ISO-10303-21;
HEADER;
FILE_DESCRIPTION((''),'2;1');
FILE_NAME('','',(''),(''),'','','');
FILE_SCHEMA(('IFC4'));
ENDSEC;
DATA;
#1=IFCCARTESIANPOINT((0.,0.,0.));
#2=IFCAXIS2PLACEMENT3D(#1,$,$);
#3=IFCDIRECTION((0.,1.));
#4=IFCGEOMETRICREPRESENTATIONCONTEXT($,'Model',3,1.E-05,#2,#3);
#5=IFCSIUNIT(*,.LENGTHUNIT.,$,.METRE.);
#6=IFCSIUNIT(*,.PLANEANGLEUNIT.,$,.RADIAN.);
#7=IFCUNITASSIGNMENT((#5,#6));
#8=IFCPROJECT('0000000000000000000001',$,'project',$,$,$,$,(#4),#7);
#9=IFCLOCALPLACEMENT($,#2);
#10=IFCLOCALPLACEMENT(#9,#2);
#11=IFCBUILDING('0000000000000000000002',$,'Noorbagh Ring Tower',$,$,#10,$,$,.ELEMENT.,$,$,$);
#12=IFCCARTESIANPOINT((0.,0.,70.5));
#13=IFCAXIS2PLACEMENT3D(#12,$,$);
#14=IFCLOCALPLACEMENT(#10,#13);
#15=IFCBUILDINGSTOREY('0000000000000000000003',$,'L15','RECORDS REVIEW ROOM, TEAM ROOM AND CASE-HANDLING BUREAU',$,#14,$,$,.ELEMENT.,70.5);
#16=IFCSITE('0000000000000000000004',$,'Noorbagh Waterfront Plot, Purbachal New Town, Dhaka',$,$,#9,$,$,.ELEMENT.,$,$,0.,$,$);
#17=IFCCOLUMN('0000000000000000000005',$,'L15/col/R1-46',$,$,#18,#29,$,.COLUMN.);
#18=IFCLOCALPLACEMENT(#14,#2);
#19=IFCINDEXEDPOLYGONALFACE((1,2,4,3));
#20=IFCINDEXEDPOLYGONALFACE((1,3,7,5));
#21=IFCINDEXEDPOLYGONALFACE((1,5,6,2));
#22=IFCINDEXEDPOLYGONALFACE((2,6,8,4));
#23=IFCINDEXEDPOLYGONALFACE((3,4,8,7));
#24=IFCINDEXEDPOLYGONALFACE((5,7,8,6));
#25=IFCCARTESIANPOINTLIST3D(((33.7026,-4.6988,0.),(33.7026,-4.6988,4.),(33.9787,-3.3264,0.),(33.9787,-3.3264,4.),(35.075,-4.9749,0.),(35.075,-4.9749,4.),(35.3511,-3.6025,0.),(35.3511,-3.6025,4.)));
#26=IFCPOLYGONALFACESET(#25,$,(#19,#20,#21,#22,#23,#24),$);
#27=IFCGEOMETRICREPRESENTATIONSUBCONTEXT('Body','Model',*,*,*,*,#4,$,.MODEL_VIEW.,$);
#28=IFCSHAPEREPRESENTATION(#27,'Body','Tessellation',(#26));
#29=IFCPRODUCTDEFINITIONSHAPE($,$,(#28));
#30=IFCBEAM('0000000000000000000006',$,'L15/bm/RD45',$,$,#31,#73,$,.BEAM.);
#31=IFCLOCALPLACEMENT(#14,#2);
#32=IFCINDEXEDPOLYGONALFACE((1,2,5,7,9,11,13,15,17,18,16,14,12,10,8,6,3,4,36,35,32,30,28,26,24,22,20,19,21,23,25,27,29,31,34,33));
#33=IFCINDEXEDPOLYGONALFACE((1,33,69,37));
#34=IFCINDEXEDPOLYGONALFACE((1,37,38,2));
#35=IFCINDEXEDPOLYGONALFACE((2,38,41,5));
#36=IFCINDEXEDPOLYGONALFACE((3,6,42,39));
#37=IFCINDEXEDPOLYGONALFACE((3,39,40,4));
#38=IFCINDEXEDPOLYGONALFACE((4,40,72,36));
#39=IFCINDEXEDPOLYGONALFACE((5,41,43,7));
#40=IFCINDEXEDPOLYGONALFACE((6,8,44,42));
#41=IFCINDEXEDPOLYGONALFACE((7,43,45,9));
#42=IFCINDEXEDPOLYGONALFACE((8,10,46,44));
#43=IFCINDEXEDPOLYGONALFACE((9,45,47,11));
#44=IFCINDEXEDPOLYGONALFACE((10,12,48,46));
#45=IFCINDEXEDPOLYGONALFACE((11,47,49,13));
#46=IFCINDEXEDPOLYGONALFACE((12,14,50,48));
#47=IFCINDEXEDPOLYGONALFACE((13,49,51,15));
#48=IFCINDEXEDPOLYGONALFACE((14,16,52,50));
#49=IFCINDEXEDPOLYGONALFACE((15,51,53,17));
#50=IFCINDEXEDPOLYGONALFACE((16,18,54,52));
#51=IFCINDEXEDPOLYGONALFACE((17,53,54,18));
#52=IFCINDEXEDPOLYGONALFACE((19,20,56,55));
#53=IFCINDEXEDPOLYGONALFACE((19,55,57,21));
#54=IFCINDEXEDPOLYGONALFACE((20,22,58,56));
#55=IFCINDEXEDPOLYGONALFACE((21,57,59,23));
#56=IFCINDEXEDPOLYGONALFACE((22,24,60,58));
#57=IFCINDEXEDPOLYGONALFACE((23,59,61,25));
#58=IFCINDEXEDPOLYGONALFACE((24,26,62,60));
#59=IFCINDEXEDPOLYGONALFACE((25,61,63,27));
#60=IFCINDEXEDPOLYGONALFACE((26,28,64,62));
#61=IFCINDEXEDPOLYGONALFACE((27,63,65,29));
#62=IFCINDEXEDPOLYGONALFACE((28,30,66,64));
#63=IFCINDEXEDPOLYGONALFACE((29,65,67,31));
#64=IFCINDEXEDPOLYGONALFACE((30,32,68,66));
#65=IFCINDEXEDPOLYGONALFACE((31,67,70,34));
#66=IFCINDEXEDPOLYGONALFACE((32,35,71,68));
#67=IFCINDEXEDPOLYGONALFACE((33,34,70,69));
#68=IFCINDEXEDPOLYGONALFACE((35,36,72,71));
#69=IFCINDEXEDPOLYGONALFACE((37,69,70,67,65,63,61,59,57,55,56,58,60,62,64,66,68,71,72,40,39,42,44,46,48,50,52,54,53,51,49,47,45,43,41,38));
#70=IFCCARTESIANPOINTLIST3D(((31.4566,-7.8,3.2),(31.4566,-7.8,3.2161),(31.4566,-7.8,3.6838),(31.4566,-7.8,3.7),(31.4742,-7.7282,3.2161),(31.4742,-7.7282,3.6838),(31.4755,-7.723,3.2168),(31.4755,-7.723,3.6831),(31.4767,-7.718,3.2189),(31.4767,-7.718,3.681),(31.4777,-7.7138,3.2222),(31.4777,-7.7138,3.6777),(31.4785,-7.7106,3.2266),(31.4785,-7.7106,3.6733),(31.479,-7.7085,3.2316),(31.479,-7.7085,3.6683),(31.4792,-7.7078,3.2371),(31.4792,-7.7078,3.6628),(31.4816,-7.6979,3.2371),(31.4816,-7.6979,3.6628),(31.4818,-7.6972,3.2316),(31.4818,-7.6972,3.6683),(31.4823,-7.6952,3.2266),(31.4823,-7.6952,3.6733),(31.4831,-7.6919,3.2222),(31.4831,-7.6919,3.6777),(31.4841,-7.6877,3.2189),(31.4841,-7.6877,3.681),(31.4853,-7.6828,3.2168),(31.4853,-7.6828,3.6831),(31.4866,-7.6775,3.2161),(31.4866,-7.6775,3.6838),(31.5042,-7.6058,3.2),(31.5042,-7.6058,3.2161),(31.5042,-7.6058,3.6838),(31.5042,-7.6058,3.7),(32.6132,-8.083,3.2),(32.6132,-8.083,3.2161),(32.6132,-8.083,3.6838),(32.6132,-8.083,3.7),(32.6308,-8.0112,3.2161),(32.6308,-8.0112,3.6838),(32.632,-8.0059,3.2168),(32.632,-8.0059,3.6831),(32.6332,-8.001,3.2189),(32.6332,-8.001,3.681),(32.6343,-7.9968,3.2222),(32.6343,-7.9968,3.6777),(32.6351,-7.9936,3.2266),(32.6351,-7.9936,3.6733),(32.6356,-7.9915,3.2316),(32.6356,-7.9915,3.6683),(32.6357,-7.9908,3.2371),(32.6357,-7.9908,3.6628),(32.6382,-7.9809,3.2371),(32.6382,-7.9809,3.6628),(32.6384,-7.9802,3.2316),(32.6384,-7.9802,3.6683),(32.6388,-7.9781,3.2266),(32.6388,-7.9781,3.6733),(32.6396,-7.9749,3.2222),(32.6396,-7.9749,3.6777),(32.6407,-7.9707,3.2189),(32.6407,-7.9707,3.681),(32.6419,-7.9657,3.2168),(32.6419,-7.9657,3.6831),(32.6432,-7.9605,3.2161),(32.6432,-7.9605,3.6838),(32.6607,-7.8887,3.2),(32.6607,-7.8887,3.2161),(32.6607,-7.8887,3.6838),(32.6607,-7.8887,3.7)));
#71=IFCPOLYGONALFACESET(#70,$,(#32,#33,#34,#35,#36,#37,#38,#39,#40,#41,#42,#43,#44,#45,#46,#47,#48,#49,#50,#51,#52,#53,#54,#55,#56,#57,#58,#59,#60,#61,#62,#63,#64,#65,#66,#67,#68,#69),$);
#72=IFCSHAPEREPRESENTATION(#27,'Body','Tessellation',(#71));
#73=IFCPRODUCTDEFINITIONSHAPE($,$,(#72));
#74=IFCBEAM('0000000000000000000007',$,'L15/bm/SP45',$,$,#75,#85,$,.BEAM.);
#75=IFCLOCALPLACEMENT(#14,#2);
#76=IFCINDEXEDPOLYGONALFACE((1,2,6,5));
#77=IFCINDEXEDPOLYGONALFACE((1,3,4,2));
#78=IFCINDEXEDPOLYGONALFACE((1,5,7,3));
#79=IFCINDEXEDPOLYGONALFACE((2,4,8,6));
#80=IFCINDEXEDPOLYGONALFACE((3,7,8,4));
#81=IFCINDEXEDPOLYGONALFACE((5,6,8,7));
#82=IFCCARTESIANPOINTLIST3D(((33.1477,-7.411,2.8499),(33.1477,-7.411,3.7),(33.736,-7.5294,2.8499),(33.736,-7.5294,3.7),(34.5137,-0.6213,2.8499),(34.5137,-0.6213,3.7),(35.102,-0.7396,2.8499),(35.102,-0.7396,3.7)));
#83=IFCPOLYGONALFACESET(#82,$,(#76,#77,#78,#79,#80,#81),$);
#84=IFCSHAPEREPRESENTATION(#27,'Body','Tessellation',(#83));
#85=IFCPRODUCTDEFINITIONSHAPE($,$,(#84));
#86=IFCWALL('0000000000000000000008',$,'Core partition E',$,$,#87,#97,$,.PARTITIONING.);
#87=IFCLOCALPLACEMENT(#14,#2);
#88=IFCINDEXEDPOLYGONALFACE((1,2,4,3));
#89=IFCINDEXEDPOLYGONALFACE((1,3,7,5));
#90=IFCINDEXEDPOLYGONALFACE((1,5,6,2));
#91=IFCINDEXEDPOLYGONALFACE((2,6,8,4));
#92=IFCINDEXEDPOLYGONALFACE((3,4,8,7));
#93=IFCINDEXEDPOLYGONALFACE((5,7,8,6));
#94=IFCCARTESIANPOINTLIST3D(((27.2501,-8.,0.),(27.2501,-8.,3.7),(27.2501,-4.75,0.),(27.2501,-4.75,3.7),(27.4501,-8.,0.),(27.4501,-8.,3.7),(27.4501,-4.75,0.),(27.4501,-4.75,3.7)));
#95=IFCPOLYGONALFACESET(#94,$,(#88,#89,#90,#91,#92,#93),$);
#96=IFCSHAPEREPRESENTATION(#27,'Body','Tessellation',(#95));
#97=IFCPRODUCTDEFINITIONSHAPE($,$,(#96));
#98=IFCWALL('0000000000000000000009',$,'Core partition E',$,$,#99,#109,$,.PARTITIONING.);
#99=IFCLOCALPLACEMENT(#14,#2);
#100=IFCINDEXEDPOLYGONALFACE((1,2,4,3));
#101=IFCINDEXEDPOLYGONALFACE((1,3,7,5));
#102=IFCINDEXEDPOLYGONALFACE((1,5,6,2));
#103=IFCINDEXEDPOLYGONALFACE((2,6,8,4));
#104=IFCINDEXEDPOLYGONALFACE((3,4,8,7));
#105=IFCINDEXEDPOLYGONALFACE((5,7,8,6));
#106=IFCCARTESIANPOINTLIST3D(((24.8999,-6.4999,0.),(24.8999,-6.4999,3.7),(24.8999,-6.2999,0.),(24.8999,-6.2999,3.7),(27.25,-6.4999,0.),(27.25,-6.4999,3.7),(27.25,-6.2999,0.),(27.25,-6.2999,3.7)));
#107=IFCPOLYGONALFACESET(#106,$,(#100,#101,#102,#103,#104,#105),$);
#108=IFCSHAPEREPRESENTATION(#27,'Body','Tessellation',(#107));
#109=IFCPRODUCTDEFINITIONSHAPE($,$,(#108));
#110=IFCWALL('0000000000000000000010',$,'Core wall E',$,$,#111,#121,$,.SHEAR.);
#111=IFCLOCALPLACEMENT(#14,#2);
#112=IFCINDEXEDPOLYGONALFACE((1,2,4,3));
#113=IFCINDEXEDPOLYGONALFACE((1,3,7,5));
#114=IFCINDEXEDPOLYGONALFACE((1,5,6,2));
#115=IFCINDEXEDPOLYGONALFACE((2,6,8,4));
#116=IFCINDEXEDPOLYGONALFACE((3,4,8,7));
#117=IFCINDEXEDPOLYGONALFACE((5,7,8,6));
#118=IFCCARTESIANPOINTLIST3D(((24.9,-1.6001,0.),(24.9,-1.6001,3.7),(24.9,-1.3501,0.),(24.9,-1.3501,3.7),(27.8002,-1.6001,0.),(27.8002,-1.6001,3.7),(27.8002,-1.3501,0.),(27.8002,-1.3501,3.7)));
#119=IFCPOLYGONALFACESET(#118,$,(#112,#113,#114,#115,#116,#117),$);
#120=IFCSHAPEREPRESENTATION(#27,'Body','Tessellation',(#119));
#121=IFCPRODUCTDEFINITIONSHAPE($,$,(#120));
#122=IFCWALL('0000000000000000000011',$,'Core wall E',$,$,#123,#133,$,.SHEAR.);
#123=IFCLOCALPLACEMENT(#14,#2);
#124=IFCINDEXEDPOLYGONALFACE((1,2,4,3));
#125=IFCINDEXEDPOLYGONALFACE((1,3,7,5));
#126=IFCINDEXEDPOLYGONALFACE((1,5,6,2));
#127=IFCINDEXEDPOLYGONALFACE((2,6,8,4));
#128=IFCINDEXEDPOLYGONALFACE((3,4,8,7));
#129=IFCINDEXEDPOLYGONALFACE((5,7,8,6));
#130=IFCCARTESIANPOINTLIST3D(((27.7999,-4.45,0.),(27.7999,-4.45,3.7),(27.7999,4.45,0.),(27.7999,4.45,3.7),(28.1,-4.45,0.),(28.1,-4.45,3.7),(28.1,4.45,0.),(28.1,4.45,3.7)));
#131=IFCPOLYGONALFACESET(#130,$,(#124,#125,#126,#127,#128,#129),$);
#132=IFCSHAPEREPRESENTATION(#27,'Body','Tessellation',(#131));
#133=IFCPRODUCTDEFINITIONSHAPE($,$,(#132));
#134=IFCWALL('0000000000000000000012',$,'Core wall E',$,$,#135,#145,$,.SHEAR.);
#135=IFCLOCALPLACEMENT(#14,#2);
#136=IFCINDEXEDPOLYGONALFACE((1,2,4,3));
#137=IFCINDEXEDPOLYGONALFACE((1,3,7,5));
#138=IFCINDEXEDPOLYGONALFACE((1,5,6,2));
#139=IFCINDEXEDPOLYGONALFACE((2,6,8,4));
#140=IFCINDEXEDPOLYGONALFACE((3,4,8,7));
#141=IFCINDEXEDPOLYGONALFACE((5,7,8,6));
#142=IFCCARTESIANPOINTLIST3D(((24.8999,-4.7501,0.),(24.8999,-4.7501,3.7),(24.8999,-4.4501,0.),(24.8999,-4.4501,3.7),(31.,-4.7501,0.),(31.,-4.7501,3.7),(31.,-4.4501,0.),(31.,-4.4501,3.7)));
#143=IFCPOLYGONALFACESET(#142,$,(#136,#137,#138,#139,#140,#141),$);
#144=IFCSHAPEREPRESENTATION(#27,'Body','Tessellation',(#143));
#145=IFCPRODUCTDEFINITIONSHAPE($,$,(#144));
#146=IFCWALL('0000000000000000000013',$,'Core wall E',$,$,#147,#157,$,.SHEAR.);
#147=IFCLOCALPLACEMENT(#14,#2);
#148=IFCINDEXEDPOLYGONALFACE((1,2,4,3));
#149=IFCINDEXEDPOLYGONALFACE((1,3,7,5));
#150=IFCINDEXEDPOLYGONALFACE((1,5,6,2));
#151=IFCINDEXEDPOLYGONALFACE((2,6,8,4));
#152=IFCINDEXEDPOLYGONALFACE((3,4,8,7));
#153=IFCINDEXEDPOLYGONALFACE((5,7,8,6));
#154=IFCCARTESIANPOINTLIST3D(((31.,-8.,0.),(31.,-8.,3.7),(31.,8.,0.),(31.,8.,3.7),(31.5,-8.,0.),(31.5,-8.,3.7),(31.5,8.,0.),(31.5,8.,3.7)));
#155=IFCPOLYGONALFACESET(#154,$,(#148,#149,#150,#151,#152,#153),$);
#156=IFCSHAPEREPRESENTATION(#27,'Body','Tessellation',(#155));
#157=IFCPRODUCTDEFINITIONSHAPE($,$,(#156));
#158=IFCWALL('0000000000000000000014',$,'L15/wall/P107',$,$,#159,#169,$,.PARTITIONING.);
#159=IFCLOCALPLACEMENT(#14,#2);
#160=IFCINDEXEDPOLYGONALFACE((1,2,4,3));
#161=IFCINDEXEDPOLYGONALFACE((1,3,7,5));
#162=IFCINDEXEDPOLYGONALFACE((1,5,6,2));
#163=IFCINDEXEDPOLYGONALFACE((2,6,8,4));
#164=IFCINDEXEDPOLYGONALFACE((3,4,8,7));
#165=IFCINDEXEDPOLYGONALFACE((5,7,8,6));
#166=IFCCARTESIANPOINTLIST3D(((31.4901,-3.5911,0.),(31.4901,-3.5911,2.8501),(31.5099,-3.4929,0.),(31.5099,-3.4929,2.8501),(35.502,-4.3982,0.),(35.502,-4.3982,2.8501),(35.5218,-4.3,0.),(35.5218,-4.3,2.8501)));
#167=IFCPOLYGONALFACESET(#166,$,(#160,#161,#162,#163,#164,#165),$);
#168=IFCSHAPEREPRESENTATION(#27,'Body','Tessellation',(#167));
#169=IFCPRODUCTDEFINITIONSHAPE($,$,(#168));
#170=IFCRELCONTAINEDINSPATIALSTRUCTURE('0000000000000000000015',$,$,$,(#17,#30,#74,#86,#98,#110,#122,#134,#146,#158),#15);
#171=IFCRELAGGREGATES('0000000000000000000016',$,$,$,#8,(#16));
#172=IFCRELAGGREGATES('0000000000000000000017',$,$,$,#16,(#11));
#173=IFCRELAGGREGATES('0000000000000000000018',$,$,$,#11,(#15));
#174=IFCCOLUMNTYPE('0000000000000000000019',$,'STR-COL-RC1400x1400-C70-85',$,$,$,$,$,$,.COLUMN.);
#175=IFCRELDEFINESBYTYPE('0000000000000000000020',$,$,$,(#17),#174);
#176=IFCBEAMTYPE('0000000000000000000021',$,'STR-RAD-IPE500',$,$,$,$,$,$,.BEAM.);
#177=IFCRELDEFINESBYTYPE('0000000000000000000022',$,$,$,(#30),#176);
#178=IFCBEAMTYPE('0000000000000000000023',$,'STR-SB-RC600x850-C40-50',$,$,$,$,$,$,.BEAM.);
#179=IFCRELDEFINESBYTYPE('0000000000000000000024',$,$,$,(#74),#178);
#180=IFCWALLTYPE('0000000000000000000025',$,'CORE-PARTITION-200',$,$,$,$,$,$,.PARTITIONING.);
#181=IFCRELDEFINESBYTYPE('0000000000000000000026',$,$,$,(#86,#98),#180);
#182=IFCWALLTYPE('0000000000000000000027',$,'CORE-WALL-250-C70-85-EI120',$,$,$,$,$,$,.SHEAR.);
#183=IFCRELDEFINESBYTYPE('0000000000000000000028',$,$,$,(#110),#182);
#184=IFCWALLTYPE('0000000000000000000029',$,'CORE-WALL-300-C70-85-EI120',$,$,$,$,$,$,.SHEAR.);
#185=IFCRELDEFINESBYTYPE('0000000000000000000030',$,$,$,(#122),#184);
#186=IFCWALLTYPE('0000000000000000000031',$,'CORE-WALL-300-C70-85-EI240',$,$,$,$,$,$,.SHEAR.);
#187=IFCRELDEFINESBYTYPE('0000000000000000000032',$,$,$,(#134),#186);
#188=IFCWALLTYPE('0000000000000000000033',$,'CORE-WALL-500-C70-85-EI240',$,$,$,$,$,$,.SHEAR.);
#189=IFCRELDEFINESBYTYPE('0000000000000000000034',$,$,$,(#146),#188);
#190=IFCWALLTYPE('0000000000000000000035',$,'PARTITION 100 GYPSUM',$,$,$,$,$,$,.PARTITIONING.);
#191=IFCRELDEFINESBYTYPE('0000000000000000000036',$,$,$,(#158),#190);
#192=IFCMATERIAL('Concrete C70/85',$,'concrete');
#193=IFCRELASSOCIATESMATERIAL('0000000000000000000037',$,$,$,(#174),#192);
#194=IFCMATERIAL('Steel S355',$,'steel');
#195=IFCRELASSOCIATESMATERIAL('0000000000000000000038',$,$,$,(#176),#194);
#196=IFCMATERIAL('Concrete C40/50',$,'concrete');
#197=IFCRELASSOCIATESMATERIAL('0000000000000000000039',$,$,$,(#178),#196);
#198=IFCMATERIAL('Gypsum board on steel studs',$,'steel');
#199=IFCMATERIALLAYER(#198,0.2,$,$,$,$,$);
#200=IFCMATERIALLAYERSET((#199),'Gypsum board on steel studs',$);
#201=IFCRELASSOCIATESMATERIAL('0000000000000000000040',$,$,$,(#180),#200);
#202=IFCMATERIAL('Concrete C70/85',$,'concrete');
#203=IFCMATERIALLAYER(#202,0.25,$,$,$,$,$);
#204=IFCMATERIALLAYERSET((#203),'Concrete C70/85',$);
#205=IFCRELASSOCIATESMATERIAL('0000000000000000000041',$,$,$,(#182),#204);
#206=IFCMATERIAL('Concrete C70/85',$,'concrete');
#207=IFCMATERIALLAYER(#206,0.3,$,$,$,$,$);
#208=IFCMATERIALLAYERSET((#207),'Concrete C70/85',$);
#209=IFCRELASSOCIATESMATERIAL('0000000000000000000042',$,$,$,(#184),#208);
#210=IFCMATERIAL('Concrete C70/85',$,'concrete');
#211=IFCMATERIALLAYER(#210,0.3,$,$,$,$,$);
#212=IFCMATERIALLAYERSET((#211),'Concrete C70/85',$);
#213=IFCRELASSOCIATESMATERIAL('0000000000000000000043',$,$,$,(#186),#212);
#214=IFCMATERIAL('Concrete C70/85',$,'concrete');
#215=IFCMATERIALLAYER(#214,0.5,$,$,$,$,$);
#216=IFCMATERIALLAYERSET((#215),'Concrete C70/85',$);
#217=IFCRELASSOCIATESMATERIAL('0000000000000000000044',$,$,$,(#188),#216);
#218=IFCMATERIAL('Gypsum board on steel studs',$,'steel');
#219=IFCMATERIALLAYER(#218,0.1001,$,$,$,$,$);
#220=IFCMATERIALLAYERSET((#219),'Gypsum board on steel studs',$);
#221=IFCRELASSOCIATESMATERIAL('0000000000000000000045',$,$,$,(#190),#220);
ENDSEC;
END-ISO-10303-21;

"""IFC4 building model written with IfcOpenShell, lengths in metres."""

from ifc_helpers import new_model, si_unit, direction, frame, frame_2d, origin, origin_2d, place, context, subcontext, project, spatial, rectangle, i_section, extrude, material, layer, layer_set, material_profile, profile_set, type_object, element, save


model = new_model("IFC4")

# Units and contexts
model_context = context("Model", 3, precision=1e-05, world=origin(), true_north=direction((0.0, 1.0)))
body_context = subcontext(model_context, "Body", "Model", "MODEL_VIEW")
ifc_project = project(units=[si_unit("LENGTHUNIT", "METRE"), si_unit("PLANEANGLEUNIT", "RADIAN")], contexts=[model_context])

# Site, building, storey
site_placement = place(None, origin())
site = spatial("IfcSite", under=ifc_project, at=site_placement, Name="Noorbagh Waterfront Plot, Purbachal New Town, Dhaka", CompositionType="ELEMENT", RefElevation=0.0)
building_placement = place(site_placement, origin())
building = spatial("IfcBuilding", under=site, at=building_placement, Name="Noorbagh Ring Tower", CompositionType="ELEMENT")
storey_placement = place(building_placement, frame((0.0, 0.0, 70.5)))
storey = spatial("IfcBuildingStorey", under=building, at=storey_placement, Name="L15", Description="RECORDS REVIEW ROOM, TEAM ROOM AND CASE-HANDLING BUREAU", CompositionType="ELEMENT", Elevation=70.5)

# Column
ifc_material_1 = material(Name="Concrete C70/85", Category="concrete")
ifc_material_profile_1 = material_profile(ifc_material_1, rectangle(XDim=1.3999, YDim=1.3999, at=origin_2d()), Name="RC1400x1400")
ifc_profile_set_1 = profile_set([ifc_material_profile_1], Name="Concrete C70/85")
column_type = type_object("IfcColumnType", Name="STR-COL-RC1400x1400-C70-85", PredefinedType="COLUMN", material=ifc_profile_set_1)
column_placement = place(storey_placement, frame((34.5269, -4.1506, 0.0), z_axis=(0.0, 0.0, 1.0), x_axis=(0.19723, 0.980357, 0.0)))
element("IfcColumn", 1, at=column_placement, inside=storey, type_object=column_type, Name="L15/col/R1-46", PredefinedType="COLUMN", context=body_context, shape_type="SweptSolid", body=[
    extrude(rectangle(XDim=1.3999, YDim=1.3999, at=origin_2d()), origin(), (0.0, 0.0, 1.0), 4.0),
])

# Beams
ifc_material_2 = material(Name="Steel S355", Category="steel")
ifc_material_profile_2 = material_profile(ifc_material_2, i_section(OverallWidth=0.2, OverallDepth=0.5, WebThickness=0.0103, FlangeThickness=0.0161, FilletRadius=0.021, at=origin_2d()), Name="IPE500")
ifc_profile_set_2 = profile_set([ifc_material_profile_2], Name="Steel S355")
beam_type_1 = type_object("IfcBeamType", Name="STR-RAD-IPE500", PredefinedType="BEAM", material=ifc_profile_set_2)
beam_1_placement = place(storey_placement, frame((32.637, -7.9858, 3.45), z_axis=(-0.971349, 0.237659, 0.0), x_axis=(-0.237659, -0.971349, 0.0)))
element("IfcBeam", 2, at=beam_1_placement, inside=storey, type_object=beam_type_1, Name="L15/bm/RD45", PredefinedType="BEAM", context=body_context, shape_type="SweptSolid", body=[
    extrude(i_section(OverallWidth=0.2, OverallDepth=0.5, WebThickness=0.0103, FlangeThickness=0.0161, FilletRadius=0.021, at=origin_2d()), origin(), (0.0, 0.0, 1.0), 1.1907),
])
ifc_material_3 = material(Name="Concrete C40/50", Category="concrete")
ifc_material_profile_3 = material_profile(ifc_material_3, rectangle(XDim=0.6001, YDim=0.8501, at=origin_2d()), Name="RC600x850")
ifc_profile_set_3 = profile_set([ifc_material_profile_3], Name="Concrete C40/50")
beam_type_2 = type_object("IfcBeamType", Name="STR-SB-RC600x850-C40-50", PredefinedType="BEAM", material=ifc_profile_set_3)
beam_2_placement = place(storey_placement, frame((33.4419, -7.4702, 3.2749), z_axis=(0.197228, 0.980358, 0.0), x_axis=(-0.980358, 0.197228, 0.0)))
element("IfcBeam", 3, at=beam_2_placement, inside=storey, type_object=beam_type_2, Name="L15/bm/SP45", PredefinedType="BEAM", context=body_context, shape_type="SweptSolid", body=[
    extrude(rectangle(XDim=0.6001, YDim=0.8501, at=origin_2d()), origin(), (0.0, 0.0, 1.0), 6.9258),
])

# Walls
ifc_material_4 = material(Name="Gypsum board on steel studs", Category="steel")
ifc_layer_1 = layer(ifc_material_4, 0.2)
ifc_layer_set_1 = layer_set([ifc_layer_1], Name="Gypsum board on steel studs")
wall_type_1 = type_object("IfcWallType", Name="CORE-PARTITION-200", PredefinedType="PARTITIONING", material=ifc_layer_set_1)
wall_1_placement = place(storey_placement, frame((27.3501, -8.0, 0.0), z_axis=(0.0, 0.0, 1.0), x_axis=(0.0, 1.0, 0.0)))
element("IfcWall", 4, at=wall_1_placement, inside=storey, type_object=wall_type_1, Name="Core partition E", PredefinedType="PARTITIONING", context=body_context, shape_type="SweptSolid", body=[
    extrude(rectangle(XDim=3.25, YDim=0.2, at=frame_2d((1.625, 0.0))), origin(), (0.0, 0.0, 1.0), 3.7),
])
wall_2_placement = place(storey_placement, frame((24.8999, -6.3999, 0.0), z_axis=(0.0, 0.0, 1.0), x_axis=(1.0, 0.0, 0.0)))
element("IfcWall", 5, at=wall_2_placement, inside=storey, type_object=wall_type_1, Name="Core partition E", PredefinedType="PARTITIONING", context=body_context, shape_type="SweptSolid", body=[
    extrude(rectangle(XDim=2.3501, YDim=0.2, at=frame_2d((1.175, 0.0))), origin(), (0.0, 0.0, 1.0), 3.7),
])
ifc_material_5 = material(Name="Concrete C70/85", Category="concrete")
ifc_layer_2 = layer(ifc_material_5, 0.25)
ifc_layer_set_2 = layer_set([ifc_layer_2], Name="Concrete C70/85")
wall_type_2 = type_object("IfcWallType", Name="CORE-WALL-250-C70-85-EI120", PredefinedType="SHEAR", material=ifc_layer_set_2)
wall_3_placement = place(storey_placement, frame((24.8999, -1.4751, 0.0), z_axis=(0.0, 0.0, 1.0), x_axis=(1.0, 0.0, 0.0)))
element("IfcWall", 6, at=wall_3_placement, inside=storey, type_object=wall_type_2, Name="Core wall E", PredefinedType="SHEAR", context=body_context, shape_type="SweptSolid", body=[
    extrude(rectangle(XDim=2.9001, YDim=0.25, at=frame_2d((1.4502, 0.0))), origin(), (0.0, 0.0, 1.0), 3.7),
])
ifc_material_6 = material(Name="Concrete C70/85", Category="concrete")
ifc_layer_3 = layer(ifc_material_6, 0.3)
ifc_layer_set_3 = layer_set([ifc_layer_3], Name="Concrete C70/85")
wall_type_3 = type_object("IfcWallType", Name="CORE-WALL-300-C70-85-EI120", PredefinedType="SHEAR", material=ifc_layer_set_3)
wall_4_placement = place(storey_placement, frame((27.95, -4.45, 0.0), z_axis=(0.0, 0.0, 1.0), x_axis=(0.0, 1.0, 0.0)))
element("IfcWall", 7, at=wall_4_placement, inside=storey, type_object=wall_type_3, Name="Core wall E", PredefinedType="SHEAR", context=body_context, shape_type="SweptSolid", body=[
    extrude(rectangle(XDim=8.8999, YDim=0.3, at=frame_2d((4.45, 0.0))), origin(), (0.0, 0.0, 1.0), 3.7),
])
ifc_material_7 = material(Name="Concrete C70/85", Category="concrete")
ifc_layer_4 = layer(ifc_material_7, 0.3)
ifc_layer_set_4 = layer_set([ifc_layer_4], Name="Concrete C70/85")
wall_type_4 = type_object("IfcWallType", Name="CORE-WALL-300-C70-85-EI240", PredefinedType="SHEAR", material=ifc_layer_set_4)
wall_5_placement = place(storey_placement, frame((24.8999, -4.6001, 0.0), z_axis=(0.0, 0.0, 1.0), x_axis=(1.0, 0.0, 0.0)))
element("IfcWall", 8, at=wall_5_placement, inside=storey, type_object=wall_type_4, Name="Core wall E", PredefinedType="SHEAR", context=body_context, shape_type="SweptSolid", body=[
    extrude(rectangle(XDim=6.1001, YDim=0.3, at=frame_2d((3.05, 0.0))), origin(), (0.0, 0.0, 1.0), 3.7),
])
ifc_material_8 = material(Name="Concrete C70/85", Category="concrete")
ifc_layer_5 = layer(ifc_material_8, 0.5)
ifc_layer_set_5 = layer_set([ifc_layer_5], Name="Concrete C70/85")
wall_type_5 = type_object("IfcWallType", Name="CORE-WALL-500-C70-85-EI240", PredefinedType="SHEAR", material=ifc_layer_set_5)
wall_6_placement = place(storey_placement, frame((31.25, -8.0, 0.0), z_axis=(0.0, 0.0, 1.0), x_axis=(0.0, 1.0, 0.0)))
element("IfcWall", 9, at=wall_6_placement, inside=storey, type_object=wall_type_5, Name="Core wall E", PredefinedType="SHEAR", context=body_context, shape_type="SweptSolid", body=[
    extrude(rectangle(XDim=16.0, YDim=0.5, at=frame_2d((8.0, 0.0))), origin(), (0.0, 0.0, 1.0), 3.7),
])
ifc_material_9 = material(Name="Gypsum board on steel studs", Category="steel")
ifc_layer_6 = layer(ifc_material_9, 0.1001)
ifc_layer_set_6 = layer_set([ifc_layer_6], Name="Gypsum board on steel studs")
wall_type_6 = type_object("IfcWallType", Name="PARTITION 100 GYPSUM", PredefinedType="PARTITIONING", material=ifc_layer_set_6)
wall_7_placement = place(storey_placement, frame((31.5, -3.542, 0.0), z_axis=(0.0, 0.0, 1.0), x_axis=(0.980357, -0.197229, 0.0)))
element("IfcWall", 10, at=wall_7_placement, inside=storey, type_object=wall_type_6, Name="L15/wall/P107", PredefinedType="PARTITIONING", context=body_context, shape_type="SweptSolid", body=[
    extrude(rectangle(XDim=4.0923, YDim=0.1001, at=frame_2d((2.0461, 0.0))), origin(), (0.0, 0.0, 1.0), 2.8501),
])

save(model, "model.ifc")
